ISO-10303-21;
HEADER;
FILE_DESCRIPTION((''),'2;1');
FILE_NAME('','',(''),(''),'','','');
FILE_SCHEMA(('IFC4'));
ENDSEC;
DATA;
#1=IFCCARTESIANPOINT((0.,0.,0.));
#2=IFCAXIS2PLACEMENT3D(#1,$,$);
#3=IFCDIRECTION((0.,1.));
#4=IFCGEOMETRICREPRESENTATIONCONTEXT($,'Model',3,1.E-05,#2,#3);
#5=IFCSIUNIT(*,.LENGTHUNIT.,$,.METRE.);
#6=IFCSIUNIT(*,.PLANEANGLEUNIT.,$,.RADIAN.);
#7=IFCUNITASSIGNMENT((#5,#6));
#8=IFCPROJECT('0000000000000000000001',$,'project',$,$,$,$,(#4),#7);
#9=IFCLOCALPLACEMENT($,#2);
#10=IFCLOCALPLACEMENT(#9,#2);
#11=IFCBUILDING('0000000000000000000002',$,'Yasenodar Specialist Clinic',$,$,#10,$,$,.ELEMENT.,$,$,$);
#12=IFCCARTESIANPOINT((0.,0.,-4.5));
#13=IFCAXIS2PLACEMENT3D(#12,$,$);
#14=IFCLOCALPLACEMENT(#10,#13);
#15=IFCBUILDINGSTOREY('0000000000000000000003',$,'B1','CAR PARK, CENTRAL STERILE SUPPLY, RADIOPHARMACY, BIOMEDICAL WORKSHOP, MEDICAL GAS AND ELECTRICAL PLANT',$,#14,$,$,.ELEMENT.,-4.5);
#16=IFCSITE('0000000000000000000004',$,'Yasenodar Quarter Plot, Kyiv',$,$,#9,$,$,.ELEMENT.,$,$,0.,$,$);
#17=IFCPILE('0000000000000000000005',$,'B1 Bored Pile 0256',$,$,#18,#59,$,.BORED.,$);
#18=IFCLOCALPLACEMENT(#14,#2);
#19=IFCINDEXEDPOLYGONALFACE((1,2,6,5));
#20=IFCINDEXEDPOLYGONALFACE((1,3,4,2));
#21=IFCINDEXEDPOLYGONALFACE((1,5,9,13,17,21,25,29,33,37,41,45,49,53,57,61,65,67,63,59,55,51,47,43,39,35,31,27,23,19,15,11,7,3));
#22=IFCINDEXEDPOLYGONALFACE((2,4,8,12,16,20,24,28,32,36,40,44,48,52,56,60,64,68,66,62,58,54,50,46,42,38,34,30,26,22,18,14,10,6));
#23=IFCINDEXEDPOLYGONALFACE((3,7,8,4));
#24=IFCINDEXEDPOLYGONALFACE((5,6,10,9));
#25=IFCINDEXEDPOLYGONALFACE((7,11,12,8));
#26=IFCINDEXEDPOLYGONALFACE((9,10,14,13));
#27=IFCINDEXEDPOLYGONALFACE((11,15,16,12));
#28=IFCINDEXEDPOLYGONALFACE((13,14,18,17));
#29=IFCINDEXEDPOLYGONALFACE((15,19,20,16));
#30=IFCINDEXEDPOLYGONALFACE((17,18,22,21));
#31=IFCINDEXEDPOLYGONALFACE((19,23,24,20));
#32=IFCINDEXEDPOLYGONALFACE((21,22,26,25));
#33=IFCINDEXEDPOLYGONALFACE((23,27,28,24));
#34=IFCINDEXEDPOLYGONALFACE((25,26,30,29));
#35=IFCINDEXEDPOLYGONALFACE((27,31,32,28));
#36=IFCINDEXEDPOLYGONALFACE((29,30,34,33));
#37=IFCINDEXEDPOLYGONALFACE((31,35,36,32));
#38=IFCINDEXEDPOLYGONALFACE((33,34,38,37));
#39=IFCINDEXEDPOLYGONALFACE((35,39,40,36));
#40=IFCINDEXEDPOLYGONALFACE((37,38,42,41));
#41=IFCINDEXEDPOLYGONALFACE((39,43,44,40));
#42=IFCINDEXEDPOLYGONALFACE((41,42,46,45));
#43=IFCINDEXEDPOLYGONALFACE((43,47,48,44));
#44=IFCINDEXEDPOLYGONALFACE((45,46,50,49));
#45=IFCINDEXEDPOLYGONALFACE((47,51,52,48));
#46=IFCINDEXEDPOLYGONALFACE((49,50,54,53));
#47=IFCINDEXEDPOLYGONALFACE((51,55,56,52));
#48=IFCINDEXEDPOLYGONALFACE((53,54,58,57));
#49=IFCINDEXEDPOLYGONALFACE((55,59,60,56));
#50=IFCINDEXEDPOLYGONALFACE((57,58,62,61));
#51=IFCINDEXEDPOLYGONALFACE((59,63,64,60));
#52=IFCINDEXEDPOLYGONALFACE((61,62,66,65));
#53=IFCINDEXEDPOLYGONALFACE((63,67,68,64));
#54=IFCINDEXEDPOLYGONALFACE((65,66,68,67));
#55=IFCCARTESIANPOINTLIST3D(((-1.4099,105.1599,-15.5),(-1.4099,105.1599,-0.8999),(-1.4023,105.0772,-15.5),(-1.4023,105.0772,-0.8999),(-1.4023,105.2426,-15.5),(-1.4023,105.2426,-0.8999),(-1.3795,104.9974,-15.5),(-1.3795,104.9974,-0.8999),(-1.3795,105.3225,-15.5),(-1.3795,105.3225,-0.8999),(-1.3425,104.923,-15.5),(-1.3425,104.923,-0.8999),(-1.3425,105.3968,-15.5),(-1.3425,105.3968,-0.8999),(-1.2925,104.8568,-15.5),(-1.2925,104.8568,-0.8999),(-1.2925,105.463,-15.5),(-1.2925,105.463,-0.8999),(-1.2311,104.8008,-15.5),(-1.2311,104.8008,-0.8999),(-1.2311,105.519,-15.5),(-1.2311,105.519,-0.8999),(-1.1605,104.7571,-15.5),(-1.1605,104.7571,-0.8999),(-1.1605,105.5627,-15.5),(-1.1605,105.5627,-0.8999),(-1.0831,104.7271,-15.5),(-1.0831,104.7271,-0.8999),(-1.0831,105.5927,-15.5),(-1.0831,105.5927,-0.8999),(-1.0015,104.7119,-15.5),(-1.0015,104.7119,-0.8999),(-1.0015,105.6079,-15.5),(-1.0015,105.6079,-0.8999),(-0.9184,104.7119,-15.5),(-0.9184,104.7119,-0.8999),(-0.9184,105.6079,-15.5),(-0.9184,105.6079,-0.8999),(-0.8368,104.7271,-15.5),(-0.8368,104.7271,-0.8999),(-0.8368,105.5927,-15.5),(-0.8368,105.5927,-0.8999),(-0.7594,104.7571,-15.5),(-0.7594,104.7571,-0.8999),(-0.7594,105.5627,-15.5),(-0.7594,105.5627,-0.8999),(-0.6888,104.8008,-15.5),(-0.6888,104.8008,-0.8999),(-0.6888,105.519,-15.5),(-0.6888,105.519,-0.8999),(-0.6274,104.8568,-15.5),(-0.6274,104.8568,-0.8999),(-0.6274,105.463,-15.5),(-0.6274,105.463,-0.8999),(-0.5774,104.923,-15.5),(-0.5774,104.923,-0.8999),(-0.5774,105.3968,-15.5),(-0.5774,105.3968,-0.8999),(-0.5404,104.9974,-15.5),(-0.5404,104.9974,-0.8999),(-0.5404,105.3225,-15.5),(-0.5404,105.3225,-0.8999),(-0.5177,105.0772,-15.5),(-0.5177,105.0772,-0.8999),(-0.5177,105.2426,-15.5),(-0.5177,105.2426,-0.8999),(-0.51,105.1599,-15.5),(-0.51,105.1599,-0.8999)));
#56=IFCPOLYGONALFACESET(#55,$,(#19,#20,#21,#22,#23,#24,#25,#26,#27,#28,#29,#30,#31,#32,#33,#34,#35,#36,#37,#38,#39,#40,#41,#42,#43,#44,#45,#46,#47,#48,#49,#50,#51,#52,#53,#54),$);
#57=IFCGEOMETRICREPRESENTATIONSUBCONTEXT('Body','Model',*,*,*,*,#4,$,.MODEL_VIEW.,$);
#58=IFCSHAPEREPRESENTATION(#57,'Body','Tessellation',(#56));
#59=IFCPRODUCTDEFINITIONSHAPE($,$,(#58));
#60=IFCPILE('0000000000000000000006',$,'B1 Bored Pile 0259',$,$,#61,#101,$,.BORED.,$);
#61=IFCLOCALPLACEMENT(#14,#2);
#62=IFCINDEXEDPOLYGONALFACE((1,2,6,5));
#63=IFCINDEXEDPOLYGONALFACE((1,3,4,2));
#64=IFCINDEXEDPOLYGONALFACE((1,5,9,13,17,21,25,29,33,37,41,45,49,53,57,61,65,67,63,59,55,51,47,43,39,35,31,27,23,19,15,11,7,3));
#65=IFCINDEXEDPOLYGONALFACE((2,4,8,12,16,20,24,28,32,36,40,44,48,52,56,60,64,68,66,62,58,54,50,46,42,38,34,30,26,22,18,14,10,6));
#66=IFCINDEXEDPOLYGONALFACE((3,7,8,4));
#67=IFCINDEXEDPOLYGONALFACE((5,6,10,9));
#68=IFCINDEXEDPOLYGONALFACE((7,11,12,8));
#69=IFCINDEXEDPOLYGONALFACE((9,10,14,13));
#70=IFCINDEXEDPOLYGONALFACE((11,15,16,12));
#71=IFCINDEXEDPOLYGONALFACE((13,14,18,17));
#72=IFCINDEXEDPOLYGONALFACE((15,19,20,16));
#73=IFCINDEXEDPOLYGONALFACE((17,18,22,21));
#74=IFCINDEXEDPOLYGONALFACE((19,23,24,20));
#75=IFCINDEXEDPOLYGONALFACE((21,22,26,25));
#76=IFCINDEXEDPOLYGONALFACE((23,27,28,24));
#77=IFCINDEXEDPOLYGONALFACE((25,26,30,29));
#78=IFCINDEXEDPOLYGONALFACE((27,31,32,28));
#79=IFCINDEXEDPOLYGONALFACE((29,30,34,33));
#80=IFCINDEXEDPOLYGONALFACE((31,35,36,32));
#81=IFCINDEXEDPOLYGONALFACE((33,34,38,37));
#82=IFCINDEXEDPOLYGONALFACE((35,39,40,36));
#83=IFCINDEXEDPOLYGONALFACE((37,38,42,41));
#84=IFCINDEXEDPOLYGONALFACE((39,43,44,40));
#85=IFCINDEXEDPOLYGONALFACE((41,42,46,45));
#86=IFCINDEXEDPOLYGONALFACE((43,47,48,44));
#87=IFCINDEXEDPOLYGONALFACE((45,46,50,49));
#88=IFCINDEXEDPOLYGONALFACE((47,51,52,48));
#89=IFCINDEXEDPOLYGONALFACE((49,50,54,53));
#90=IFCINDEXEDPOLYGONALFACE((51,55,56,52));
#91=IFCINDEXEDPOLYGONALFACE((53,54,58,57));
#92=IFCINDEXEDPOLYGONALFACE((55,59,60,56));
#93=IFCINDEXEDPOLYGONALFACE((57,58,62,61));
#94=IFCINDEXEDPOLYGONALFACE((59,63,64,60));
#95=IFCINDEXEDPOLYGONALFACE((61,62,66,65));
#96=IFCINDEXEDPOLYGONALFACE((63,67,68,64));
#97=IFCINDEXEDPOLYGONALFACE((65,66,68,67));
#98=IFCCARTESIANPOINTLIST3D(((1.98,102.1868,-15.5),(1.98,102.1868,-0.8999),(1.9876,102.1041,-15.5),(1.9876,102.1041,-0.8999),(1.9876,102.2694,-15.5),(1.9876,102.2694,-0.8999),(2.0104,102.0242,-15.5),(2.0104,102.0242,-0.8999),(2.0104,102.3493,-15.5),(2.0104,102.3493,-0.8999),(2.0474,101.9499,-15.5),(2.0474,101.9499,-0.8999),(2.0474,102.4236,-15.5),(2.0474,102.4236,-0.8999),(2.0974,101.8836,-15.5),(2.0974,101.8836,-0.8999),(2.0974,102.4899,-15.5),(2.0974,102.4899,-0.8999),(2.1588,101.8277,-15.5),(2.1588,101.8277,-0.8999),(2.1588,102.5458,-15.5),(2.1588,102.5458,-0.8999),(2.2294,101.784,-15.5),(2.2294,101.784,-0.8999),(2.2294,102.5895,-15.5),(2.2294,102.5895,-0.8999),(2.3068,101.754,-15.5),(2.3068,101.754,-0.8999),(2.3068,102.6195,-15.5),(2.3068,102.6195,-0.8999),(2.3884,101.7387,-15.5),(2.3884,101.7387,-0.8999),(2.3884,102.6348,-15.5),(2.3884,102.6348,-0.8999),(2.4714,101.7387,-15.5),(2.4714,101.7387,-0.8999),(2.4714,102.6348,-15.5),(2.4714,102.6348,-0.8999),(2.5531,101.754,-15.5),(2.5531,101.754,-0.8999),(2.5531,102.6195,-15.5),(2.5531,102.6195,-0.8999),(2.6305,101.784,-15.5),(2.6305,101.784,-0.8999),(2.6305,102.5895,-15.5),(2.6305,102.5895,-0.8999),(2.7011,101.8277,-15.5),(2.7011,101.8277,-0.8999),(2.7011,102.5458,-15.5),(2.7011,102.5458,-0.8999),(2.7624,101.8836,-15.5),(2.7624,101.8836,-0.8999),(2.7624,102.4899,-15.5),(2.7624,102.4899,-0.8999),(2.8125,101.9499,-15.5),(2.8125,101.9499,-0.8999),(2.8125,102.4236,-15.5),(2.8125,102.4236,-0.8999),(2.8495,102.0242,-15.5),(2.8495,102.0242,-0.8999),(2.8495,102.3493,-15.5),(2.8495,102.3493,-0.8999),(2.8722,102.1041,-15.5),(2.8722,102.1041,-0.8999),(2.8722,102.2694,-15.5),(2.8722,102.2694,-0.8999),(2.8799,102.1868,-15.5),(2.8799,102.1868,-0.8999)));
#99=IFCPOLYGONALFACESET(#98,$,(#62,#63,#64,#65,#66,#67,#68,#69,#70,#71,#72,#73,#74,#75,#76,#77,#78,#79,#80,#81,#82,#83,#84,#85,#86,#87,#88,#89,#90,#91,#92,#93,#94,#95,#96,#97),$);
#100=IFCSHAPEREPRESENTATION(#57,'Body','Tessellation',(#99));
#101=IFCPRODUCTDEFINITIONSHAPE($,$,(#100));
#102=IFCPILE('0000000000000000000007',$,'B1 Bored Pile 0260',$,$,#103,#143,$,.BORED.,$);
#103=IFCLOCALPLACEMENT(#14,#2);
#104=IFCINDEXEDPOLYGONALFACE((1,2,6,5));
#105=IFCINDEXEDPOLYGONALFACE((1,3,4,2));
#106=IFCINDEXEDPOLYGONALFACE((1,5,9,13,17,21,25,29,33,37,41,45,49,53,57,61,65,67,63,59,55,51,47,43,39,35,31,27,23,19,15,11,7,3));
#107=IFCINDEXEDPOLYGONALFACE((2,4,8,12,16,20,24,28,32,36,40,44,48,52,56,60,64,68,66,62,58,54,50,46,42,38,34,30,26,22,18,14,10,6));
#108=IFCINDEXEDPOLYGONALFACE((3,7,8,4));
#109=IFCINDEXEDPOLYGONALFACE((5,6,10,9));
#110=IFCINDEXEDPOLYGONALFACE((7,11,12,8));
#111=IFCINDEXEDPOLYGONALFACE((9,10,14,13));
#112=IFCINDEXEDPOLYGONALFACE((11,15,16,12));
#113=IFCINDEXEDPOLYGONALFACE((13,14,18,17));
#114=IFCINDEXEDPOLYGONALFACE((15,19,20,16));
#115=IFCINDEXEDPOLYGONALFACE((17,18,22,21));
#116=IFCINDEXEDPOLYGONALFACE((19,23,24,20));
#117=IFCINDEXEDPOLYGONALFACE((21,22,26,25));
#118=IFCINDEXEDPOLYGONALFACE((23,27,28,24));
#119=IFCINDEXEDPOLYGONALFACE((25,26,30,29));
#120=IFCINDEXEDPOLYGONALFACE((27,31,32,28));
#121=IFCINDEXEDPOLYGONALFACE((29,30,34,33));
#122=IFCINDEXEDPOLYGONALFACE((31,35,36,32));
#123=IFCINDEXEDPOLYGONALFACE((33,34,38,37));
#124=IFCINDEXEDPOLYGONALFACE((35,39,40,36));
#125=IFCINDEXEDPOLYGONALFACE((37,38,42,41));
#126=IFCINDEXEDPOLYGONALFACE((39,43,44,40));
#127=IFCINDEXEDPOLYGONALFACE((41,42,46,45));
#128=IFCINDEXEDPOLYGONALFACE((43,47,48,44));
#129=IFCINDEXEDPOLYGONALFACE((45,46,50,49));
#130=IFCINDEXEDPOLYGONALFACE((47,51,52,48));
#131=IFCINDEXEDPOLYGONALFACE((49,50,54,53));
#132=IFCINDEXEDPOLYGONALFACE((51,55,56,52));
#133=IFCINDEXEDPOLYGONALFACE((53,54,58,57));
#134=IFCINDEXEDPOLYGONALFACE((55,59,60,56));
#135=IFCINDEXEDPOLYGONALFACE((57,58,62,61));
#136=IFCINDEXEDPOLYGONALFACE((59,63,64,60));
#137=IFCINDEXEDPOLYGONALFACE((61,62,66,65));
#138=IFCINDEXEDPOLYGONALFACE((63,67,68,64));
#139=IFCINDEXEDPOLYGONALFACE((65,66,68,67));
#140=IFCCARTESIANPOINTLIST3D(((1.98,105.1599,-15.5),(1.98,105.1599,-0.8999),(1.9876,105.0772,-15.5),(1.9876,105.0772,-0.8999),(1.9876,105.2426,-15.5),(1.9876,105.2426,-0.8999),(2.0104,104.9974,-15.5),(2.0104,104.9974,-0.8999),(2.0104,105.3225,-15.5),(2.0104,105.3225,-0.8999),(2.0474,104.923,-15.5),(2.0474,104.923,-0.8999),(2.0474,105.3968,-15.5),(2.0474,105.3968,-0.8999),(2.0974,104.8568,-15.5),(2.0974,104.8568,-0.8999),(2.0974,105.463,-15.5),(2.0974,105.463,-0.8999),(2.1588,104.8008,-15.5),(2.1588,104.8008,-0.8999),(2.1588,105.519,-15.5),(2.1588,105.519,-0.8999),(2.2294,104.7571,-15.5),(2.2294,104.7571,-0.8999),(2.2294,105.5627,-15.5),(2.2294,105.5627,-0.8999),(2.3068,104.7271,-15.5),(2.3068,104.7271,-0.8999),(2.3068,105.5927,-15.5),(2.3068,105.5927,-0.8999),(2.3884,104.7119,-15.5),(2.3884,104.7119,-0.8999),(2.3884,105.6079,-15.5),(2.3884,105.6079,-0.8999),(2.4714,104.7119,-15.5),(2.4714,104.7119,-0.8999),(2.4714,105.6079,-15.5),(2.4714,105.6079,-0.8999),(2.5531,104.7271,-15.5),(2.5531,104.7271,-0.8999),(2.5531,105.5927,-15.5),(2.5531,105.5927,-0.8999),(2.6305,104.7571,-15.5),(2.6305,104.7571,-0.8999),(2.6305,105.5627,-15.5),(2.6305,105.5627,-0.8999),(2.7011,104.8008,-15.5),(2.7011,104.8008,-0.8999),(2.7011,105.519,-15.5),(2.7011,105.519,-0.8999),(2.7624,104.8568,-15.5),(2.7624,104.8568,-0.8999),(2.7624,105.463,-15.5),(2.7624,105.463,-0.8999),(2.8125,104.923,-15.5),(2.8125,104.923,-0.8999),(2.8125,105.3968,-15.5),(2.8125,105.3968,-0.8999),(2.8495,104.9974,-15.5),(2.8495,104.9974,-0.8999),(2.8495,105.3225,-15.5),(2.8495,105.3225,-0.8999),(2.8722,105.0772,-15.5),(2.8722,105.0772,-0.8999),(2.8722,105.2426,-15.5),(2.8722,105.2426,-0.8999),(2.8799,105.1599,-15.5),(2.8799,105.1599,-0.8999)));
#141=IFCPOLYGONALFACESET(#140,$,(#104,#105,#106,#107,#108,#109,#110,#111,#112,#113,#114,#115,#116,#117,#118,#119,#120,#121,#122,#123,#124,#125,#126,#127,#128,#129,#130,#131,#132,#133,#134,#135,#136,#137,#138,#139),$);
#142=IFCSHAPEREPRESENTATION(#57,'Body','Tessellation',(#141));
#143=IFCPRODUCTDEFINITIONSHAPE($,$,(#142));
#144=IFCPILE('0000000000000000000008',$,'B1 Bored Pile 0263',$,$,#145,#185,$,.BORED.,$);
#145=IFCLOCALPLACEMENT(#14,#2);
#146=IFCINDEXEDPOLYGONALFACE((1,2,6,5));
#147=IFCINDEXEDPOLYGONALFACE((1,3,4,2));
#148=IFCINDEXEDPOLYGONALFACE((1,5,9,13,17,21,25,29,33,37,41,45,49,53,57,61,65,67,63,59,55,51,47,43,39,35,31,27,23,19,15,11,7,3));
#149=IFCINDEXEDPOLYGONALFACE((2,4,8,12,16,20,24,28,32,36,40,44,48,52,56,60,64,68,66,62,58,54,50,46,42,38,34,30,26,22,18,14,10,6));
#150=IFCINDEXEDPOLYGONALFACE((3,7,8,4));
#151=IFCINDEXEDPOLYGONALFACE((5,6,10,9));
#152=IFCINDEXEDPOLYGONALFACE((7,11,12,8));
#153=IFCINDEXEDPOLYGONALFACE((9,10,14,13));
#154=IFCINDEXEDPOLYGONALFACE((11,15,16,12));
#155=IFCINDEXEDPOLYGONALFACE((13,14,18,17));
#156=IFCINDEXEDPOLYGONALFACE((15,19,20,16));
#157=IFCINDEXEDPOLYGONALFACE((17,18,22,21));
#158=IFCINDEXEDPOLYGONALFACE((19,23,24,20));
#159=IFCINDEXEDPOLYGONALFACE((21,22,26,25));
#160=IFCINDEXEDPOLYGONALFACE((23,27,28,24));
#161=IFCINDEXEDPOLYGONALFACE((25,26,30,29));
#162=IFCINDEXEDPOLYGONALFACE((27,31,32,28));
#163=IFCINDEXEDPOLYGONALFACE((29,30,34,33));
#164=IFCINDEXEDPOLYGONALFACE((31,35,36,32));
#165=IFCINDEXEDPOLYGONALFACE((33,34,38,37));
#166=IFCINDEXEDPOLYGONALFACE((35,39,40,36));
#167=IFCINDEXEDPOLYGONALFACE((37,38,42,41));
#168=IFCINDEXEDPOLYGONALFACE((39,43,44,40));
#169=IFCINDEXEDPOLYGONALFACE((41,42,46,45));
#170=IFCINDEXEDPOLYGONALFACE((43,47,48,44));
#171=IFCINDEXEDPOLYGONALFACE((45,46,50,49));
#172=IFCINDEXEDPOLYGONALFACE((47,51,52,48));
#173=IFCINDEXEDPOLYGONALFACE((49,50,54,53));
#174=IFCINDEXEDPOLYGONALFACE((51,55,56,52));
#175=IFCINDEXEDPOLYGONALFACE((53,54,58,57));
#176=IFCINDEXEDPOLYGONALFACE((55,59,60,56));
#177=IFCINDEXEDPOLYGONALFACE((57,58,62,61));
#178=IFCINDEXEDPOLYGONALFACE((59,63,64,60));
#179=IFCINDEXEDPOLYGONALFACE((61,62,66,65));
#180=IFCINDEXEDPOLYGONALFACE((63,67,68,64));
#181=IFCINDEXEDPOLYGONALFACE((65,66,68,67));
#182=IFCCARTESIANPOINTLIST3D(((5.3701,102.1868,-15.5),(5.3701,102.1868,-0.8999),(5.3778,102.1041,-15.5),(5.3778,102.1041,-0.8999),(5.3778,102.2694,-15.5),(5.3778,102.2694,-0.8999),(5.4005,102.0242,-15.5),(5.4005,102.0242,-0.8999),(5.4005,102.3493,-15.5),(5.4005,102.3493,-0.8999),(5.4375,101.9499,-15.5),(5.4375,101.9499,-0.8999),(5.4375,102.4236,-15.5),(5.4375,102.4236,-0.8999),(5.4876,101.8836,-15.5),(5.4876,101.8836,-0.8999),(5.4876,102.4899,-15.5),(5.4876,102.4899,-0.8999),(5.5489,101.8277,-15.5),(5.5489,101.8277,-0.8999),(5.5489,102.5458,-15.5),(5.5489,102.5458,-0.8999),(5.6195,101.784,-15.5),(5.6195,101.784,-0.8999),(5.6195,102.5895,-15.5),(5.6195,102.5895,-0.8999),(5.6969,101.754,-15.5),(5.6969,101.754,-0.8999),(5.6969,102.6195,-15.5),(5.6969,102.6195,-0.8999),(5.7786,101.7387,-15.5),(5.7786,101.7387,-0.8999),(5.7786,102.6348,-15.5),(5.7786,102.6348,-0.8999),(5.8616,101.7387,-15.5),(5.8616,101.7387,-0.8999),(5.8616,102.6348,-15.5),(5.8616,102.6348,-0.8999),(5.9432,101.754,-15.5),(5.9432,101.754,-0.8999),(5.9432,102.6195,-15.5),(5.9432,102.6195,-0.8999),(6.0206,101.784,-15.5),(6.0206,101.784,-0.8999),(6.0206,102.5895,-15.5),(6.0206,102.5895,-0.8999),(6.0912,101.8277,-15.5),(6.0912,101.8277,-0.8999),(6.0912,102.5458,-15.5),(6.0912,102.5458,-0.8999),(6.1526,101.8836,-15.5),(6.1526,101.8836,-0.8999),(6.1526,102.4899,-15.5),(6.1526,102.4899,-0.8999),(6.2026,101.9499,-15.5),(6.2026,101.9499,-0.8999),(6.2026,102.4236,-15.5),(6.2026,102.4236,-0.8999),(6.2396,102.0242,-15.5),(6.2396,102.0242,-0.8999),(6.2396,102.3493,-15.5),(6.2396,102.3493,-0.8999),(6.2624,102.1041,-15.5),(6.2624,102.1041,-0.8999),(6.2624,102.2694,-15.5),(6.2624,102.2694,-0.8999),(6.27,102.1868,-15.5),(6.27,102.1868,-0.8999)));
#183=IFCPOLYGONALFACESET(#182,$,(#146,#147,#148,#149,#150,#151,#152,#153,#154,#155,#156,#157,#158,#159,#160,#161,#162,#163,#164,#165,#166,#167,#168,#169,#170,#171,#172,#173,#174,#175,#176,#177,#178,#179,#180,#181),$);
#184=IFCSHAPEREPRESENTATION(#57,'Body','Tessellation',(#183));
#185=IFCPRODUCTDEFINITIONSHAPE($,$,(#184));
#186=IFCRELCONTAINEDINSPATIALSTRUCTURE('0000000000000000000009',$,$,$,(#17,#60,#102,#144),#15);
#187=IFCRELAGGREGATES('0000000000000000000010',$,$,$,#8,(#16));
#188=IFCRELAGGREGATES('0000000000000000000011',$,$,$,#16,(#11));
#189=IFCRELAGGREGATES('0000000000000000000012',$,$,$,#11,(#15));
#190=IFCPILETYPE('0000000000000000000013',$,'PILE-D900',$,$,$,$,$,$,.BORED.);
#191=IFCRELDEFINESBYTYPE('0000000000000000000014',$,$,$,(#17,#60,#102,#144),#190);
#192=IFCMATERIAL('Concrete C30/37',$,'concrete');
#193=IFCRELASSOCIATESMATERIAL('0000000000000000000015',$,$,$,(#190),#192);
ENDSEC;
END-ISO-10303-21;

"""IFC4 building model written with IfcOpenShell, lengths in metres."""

from ifc_helpers import new_model, si_unit, direction, frame, origin, origin_2d, place, context, subcontext, project, spatial, circle, extrude, material, material_profile, profile_set, type_object, element, save


model = new_model("IFC4")

# Units and contexts
model_context = context("Model", 3, precision=1e-05, world=origin(), true_north=direction((0.0, 1.0)))
body_context = subcontext(model_context, "Body", "Model", "MODEL_VIEW")
ifc_project = project(units=[si_unit("LENGTHUNIT", "METRE"), si_unit("PLANEANGLEUNIT", "RADIAN")], contexts=[model_context])

# Site, building, storey
site_placement = place(None, origin())
site = spatial("IfcSite", under=ifc_project, at=site_placement, Name="Yasenodar Quarter Plot, Kyiv", CompositionType="ELEMENT", RefElevation=0.0)
building_placement = place(site_placement, origin())
building = spatial("IfcBuilding", under=site, at=building_placement, Name="Yasenodar Specialist Clinic", CompositionType="ELEMENT")
storey_placement = place(building_placement, frame((0.0, 0.0, -4.5)))
storey = spatial("IfcBuildingStorey", under=building, at=storey_placement, Name="B1", Description="CAR PARK, CENTRAL STERILE SUPPLY, RADIOPHARMACY, BIOMEDICAL WORKSHOP, MEDICAL GAS AND ELECTRICAL PLANT", CompositionType="ELEMENT", Elevation=-4.5)

# Piles
ifc_material_1 = material(Name="Concrete C30/37", Category="concrete")
ifc_material_profile_1 = material_profile(ifc_material_1, circle(Radius=0.45, at=origin_2d()), Name="PILE D900")
ifc_profile_set_1 = profile_set([ifc_material_profile_1], Name="Concrete C30/37")
pile_type_1 = type_object("IfcPileType", Name="PILE-D900", PredefinedType="BORED", material=ifc_profile_set_1)
for number, where, z_axis, x_axis, name in (
    (1, (-0.96, 105.1599, -0.8999), (0.0, 0.0, -1.0), (1.0, 0.0, 0.0), "B1 Bored Pile 0256"),
    (2, (2.4299, 102.1868, -0.8999), (0.0, 0.0, -1.0), (1.0, 0.0, 0.0), "B1 Bored Pile 0259"),
    (3, (2.4299, 105.1599, -0.8999), (0.0, 0.0, -1.0), (1.0, 0.0, 0.0), "B1 Bored Pile 0260"),
    (4, (5.8201, 102.1868, -0.8999), (0.0, 0.0, -1.0), (1.0, 0.0, 0.0), "B1 Bored Pile 0263"),
):
    element("IfcPile", number, at=place(storey_placement, frame(where, z_axis=z_axis, x_axis=x_axis)), inside=storey, type_object=pile_type_1, Name=name, PredefinedType="BORED", context=body_context, shape_type="SweptSolid", body=[
        extrude(circle(Radius=0.45, at=origin_2d()), origin(), (0.0, 0.0, 1.0), 14.6001),
    ])

save(model, "model.ifc")
